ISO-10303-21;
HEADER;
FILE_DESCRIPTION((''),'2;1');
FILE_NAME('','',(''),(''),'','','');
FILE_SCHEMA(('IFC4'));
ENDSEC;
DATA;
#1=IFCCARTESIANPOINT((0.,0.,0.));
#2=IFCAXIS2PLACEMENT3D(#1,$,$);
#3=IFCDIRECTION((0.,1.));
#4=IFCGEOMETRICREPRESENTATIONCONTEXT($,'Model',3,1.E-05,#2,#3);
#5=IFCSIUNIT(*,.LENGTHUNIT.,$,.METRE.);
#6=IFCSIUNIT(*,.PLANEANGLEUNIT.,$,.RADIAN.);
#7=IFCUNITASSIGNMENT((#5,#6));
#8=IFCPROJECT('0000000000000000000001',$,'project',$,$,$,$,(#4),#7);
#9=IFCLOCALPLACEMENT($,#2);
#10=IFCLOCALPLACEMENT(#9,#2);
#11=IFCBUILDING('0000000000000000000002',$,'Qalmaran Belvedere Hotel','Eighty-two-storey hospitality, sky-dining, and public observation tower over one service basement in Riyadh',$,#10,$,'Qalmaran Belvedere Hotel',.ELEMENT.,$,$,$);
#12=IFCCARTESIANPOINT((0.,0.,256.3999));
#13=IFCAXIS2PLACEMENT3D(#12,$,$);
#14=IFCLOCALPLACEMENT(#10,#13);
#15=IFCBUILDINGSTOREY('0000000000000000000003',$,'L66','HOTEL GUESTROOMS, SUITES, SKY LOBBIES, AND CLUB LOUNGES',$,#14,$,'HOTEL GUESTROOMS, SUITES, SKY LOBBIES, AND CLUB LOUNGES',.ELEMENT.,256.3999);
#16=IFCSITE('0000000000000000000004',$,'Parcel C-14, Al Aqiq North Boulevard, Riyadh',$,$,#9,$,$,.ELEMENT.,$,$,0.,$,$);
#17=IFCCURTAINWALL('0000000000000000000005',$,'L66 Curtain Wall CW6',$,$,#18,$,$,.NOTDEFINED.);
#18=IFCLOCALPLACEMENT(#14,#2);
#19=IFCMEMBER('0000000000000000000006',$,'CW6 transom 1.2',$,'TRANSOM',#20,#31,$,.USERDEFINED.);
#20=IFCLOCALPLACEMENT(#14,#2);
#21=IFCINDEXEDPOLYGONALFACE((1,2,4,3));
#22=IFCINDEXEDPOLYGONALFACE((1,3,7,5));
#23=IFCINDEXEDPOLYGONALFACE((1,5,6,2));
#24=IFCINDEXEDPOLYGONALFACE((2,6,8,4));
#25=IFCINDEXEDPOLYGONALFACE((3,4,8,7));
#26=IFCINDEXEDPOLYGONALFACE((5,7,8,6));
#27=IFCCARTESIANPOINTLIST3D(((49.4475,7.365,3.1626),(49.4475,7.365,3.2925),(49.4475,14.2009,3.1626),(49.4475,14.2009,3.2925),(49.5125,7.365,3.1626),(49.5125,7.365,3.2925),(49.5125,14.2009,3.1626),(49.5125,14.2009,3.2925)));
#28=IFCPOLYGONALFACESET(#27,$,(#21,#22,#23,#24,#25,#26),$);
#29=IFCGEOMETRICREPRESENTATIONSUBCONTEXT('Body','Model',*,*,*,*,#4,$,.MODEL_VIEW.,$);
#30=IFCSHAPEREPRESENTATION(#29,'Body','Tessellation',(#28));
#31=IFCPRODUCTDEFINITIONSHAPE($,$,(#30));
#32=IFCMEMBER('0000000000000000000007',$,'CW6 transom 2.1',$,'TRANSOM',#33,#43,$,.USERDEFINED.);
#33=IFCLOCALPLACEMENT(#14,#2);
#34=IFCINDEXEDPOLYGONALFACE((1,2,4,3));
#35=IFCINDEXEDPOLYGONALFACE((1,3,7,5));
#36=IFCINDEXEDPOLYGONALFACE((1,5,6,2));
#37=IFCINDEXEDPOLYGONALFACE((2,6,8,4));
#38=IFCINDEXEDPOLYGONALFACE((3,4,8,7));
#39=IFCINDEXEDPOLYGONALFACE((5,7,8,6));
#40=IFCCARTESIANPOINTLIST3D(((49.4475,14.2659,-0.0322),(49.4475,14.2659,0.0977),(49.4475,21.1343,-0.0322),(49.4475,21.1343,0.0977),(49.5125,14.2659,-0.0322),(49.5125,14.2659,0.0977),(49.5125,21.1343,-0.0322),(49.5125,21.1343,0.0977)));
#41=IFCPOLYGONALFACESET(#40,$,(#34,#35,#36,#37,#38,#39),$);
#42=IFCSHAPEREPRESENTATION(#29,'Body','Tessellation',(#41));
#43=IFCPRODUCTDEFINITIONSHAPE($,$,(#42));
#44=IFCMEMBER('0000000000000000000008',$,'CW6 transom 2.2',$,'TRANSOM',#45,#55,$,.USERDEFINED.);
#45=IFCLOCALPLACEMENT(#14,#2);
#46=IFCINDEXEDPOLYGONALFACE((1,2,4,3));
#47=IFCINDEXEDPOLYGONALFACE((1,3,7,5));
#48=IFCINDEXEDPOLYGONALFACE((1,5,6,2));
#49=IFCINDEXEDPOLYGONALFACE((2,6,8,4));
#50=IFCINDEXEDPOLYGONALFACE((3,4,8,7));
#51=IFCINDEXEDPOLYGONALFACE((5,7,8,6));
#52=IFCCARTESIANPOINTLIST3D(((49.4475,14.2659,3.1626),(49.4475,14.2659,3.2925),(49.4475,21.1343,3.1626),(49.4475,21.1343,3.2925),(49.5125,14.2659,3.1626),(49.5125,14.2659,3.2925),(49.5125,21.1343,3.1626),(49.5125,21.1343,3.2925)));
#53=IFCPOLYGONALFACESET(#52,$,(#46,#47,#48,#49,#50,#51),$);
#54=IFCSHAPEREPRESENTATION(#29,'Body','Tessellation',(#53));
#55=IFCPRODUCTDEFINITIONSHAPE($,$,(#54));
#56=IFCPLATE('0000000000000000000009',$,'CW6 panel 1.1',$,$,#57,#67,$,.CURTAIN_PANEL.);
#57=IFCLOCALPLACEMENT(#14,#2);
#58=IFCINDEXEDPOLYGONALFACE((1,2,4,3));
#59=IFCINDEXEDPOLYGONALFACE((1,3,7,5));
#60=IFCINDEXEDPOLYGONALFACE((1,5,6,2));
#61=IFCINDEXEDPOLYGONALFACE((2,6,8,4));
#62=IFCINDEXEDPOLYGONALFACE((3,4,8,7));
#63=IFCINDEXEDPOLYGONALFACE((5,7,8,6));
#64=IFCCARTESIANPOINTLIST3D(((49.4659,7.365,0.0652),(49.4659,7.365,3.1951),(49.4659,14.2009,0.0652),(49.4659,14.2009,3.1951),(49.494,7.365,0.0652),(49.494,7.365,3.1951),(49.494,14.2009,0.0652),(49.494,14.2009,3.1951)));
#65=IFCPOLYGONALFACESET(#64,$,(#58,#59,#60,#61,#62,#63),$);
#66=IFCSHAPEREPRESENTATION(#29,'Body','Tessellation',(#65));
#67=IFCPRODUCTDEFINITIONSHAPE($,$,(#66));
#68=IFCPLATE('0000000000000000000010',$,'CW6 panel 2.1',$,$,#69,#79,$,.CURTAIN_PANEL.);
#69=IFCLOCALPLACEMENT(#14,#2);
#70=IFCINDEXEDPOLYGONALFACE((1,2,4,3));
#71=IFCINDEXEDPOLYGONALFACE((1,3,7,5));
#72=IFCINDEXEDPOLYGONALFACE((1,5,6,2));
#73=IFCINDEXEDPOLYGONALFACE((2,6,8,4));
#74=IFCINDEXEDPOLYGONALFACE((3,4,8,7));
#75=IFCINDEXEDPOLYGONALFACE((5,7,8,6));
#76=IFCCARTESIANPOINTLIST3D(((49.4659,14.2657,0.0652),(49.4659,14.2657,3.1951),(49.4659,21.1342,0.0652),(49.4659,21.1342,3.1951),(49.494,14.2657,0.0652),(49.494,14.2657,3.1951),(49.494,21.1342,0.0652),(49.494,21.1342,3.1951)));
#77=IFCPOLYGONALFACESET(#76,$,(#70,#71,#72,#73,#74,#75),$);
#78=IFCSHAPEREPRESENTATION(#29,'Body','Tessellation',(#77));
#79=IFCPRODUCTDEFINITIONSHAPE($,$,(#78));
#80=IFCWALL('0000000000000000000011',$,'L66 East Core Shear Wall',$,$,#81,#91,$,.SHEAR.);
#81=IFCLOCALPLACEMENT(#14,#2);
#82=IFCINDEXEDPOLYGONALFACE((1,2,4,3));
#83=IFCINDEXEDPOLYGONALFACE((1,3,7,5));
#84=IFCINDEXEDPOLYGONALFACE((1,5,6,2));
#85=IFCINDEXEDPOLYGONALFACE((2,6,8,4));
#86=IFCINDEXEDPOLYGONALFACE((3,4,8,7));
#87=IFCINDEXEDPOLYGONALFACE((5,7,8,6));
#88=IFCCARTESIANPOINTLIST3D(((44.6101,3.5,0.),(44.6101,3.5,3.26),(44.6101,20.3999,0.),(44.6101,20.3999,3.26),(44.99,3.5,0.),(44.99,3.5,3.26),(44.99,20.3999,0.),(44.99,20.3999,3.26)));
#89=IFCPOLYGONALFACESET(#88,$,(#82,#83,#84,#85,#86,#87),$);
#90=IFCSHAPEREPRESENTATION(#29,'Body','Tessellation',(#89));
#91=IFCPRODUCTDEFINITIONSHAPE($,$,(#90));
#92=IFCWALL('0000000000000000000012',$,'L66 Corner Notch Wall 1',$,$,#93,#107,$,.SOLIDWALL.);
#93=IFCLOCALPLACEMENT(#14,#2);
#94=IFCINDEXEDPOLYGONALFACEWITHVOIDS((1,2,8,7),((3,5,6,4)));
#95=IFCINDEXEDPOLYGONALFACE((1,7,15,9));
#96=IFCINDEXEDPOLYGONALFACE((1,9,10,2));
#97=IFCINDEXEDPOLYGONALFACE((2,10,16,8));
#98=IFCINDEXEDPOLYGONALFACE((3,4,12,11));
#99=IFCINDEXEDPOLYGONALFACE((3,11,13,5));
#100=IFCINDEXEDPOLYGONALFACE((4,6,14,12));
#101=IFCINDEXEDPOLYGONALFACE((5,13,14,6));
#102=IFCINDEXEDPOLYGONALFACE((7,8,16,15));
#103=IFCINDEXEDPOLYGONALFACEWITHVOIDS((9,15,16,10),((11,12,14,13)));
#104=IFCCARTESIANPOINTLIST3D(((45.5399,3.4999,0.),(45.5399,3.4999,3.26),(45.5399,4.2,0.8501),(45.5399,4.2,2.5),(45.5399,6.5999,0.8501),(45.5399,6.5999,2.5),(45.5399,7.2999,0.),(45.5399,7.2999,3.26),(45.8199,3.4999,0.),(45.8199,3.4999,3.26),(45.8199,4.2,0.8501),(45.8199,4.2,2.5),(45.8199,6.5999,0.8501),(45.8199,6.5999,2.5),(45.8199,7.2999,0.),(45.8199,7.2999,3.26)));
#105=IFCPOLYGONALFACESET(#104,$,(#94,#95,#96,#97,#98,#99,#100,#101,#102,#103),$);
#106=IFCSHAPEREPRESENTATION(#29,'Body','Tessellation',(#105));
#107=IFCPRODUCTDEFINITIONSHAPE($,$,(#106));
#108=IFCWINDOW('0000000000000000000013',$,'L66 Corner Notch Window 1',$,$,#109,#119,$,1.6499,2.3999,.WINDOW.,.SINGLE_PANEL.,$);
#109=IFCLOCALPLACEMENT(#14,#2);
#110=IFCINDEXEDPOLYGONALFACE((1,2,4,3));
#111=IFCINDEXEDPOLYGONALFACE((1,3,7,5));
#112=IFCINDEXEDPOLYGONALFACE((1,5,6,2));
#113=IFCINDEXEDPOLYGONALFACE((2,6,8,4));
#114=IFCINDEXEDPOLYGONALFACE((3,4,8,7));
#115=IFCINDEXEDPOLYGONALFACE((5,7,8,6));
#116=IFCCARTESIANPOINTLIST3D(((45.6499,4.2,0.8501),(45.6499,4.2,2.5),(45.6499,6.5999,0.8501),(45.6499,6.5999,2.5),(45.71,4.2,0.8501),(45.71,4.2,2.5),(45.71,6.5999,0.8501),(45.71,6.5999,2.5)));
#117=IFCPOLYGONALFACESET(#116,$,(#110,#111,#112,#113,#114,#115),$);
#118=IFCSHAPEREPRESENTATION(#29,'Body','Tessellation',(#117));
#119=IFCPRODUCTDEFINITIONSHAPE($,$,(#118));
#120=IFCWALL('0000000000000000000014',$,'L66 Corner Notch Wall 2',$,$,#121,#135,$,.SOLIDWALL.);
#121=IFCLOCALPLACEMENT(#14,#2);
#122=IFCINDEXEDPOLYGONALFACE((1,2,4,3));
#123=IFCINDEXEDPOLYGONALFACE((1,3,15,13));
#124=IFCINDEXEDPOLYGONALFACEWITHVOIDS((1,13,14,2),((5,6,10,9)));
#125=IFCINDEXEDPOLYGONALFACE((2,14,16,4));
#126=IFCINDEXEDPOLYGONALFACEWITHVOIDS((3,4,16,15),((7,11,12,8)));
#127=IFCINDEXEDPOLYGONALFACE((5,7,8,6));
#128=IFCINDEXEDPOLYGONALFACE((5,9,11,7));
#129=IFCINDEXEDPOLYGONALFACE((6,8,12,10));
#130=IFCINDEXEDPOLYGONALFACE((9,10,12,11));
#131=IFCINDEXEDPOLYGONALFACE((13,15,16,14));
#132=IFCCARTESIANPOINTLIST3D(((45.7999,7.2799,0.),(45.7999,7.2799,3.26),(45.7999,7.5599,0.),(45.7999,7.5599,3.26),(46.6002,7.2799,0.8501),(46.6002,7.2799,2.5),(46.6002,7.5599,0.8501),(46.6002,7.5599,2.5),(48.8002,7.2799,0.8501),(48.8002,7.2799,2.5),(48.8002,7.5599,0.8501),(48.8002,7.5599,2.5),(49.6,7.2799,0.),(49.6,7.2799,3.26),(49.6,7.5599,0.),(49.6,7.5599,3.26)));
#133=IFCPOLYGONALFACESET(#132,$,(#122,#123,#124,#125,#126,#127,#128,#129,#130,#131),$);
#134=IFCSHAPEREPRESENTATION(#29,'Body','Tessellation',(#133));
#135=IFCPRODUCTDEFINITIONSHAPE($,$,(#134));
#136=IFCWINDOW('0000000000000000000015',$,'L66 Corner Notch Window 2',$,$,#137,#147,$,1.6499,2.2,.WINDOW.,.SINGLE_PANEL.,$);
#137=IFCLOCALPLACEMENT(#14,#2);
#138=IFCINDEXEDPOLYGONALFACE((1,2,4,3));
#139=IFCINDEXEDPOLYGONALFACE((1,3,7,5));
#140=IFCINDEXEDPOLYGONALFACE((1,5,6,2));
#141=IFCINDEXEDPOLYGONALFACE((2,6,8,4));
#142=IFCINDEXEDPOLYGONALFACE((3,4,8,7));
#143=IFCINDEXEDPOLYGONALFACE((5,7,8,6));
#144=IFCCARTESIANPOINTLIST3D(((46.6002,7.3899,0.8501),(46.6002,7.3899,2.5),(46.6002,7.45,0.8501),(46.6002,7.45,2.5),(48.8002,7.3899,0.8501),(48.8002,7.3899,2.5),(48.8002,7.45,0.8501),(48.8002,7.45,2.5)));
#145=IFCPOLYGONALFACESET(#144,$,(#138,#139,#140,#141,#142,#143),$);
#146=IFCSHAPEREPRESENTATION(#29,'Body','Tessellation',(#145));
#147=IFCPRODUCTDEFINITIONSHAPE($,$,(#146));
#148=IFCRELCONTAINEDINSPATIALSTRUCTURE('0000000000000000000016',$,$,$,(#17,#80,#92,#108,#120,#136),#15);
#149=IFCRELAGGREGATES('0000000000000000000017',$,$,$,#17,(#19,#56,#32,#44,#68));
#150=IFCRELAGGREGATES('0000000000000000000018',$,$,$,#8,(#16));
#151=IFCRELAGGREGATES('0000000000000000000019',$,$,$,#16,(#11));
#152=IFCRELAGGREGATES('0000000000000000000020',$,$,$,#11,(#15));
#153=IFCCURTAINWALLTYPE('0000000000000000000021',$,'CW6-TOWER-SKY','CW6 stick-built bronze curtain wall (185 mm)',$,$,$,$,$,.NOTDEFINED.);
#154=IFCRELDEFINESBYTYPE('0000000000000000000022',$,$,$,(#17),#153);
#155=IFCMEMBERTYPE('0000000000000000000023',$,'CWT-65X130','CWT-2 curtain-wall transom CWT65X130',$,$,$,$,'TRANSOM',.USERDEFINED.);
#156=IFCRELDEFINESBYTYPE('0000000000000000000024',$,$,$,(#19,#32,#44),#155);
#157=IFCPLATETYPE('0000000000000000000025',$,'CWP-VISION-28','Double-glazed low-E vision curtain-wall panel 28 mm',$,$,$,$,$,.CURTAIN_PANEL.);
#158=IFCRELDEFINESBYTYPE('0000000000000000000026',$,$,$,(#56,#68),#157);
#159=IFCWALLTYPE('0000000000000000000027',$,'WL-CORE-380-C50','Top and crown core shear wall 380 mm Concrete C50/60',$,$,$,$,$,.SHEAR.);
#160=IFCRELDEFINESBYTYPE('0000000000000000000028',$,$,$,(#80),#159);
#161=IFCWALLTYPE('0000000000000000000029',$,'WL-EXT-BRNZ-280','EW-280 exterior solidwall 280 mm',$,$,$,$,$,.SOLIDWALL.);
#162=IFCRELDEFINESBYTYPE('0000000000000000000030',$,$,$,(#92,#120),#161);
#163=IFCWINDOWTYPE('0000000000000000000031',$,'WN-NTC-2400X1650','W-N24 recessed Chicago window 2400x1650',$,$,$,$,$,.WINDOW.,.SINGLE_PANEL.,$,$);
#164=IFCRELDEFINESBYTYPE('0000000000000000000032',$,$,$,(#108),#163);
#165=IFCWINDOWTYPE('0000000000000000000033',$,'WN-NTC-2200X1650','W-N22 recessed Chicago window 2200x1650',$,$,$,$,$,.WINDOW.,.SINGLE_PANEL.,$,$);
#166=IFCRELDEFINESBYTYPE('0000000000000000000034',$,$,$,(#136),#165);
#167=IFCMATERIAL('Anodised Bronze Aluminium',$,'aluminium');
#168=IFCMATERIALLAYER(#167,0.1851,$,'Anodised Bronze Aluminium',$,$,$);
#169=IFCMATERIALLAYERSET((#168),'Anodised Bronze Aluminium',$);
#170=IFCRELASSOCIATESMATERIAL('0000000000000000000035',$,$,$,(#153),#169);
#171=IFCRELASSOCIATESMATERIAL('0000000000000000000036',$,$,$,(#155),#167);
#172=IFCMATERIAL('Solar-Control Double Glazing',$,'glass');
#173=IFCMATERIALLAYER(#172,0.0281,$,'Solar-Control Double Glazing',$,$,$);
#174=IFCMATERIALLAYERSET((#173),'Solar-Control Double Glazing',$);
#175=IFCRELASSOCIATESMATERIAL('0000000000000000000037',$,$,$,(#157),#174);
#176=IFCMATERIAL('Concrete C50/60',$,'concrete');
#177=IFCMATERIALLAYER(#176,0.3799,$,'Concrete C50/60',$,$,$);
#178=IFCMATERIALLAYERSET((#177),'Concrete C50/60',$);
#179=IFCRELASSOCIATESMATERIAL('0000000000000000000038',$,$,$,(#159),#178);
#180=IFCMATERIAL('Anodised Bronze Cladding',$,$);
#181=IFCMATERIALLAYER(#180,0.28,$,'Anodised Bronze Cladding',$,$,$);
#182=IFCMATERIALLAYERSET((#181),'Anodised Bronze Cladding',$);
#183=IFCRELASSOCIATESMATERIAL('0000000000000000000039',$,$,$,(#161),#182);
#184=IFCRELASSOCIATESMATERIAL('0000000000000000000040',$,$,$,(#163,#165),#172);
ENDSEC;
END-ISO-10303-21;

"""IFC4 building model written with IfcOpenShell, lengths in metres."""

from ifc_helpers import new_model, si_unit, direction, frame, frame_2d, origin, origin_2d, place, context, subcontext, project, spatial, rectangle, extrude, material, layer, layer_set, material_profile, profile_set, type_object, element, fill, aggregate, save


model = new_model("IFC4")

# Units and contexts
model_context = context("Model", 3, precision=1e-05, world=origin(), true_north=direction((0.0, 1.0)))
body_context = subcontext(model_context, "Body", "Model", "MODEL_VIEW")
ifc_project = project(units=[si_unit("LENGTHUNIT", "METRE"), si_unit("PLANEANGLEUNIT", "RADIAN")], contexts=[model_context])

# Site, building, storey
site_placement = place(None, origin())
site = spatial("IfcSite", under=ifc_project, at=site_placement, Name="Parcel C-14, Al Aqiq North Boulevard, Riyadh", CompositionType="ELEMENT", RefElevation=0.0)
building_placement = place(site_placement, origin())
building = spatial("IfcBuilding", under=site, at=building_placement, Name="Qalmaran Belvedere Hotel", Description="Eighty-two-storey hospitality, sky-dining, and public observation tower over one service basement in Riyadh", LongName="Qalmaran Belvedere Hotel", CompositionType="ELEMENT")
storey_placement = place(building_placement, frame((0.0, 0.0, 256.3999)))
storey = spatial("IfcBuildingStorey", under=building, at=storey_placement, Name="L66", Description="HOTEL GUESTROOMS, SUITES, SKY LOBBIES, AND CLUB LOUNGES", LongName="HOTEL GUESTROOMS, SUITES, SKY LOBBIES, AND CLUB LOUNGES", CompositionType="ELEMENT", Elevation=256.3999)

# Shared definitions
ifc_material_1 = material(Name="Concrete C50/60", Category="concrete")

# Curtain wall, members, plates
ifc_material_2 = material(Name="Anodised Bronze Aluminium", Category="aluminium")
ifc_layer_1 = layer(ifc_material_2, 0.1851, Name="Anodised Bronze Aluminium")
ifc_layer_set_1 = layer_set([ifc_layer_1], Name="Anodised Bronze Aluminium")
curtain_wall_type = type_object("IfcCurtainWallType", Name="CW6-TOWER-SKY", Description="CW6 stick-built bronze curtain wall (185 mm)", PredefinedType="NOTDEFINED", material=ifc_layer_set_1)
curtain_wall_placement = place(storey_placement, origin())
curtain_wall = element("IfcCurtainWall", 1, at=curtain_wall_placement, inside=storey, type_object=curtain_wall_type, Name="L66 Curtain Wall CW6", PredefinedType="NOTDEFINED")
ifc_material_profile_1 = material_profile(ifc_material_2, rectangle(XDim=0.0649, YDim=0.1299, at=origin_2d()), Name="CWT65X130")
ifc_profile_set_1 = profile_set([ifc_material_profile_1], Name="Anodised Bronze Aluminium")
member_type_1 = type_object("IfcMemberType", Name="CWT-65X130", Description="CWT-2 curtain-wall transom CWT65X130", ElementType="TRANSOM", PredefinedType="USERDEFINED", material=ifc_profile_set_1)
member_1_placement = place(storey_placement, frame((49.48, 7.365, 3.2275), z_axis=(0.0, 1.0, 0.0), x_axis=(-1.0, 0.0, 0.0)))
member_1 = element("IfcMember", 2, at=member_1_placement, type_object=member_type_1, Name="CW6 transom 1.2", ObjectType="TRANSOM", PredefinedType="USERDEFINED", context=body_context, shape_type="SweptSolid", body=[
    extrude(rectangle(XDim=0.0649, YDim=0.1299, at=origin_2d()), origin(), (0.0, 0.0, 1.0), 6.8359),
])
member_2_placement = place(storey_placement, frame((49.48, 14.2659, 0.0327), z_axis=(0.0, 1.0, 0.0), x_axis=(-1.0, 0.0, 0.0)))
member_2 = element("IfcMember", 3, at=member_2_placement, type_object=member_type_1, Name="CW6 transom 2.1", ObjectType="TRANSOM", PredefinedType="USERDEFINED", context=body_context, shape_type="SweptSolid", body=[
    extrude(rectangle(XDim=0.0649, YDim=0.1299, at=origin_2d()), origin(), (0.0, 0.0, 1.0), 6.8684),
])
member_3_placement = place(storey_placement, frame((49.48, 14.2659, 3.2275), z_axis=(0.0, 1.0, 0.0), x_axis=(-1.0, 0.0, 0.0)))
member_3 = element("IfcMember", 4, at=member_3_placement, type_object=member_type_1, Name="CW6 transom 2.2", ObjectType="TRANSOM", PredefinedType="USERDEFINED", context=body_context, shape_type="SweptSolid", body=[
    extrude(rectangle(XDim=0.0649, YDim=0.1299, at=origin_2d()), origin(), (0.0, 0.0, 1.0), 6.8684),
])
ifc_material_3 = material(Name="Solar-Control Double Glazing", Category="glass")
ifc_layer_2 = layer(ifc_material_3, 0.0281, Name="Solar-Control Double Glazing")
ifc_layer_set_2 = layer_set([ifc_layer_2], Name="Solar-Control Double Glazing")
plate_type = type_object("IfcPlateType", Name="CWP-VISION-28", Description="Double-glazed low-E vision curtain-wall panel 28 mm", PredefinedType="CURTAIN_PANEL", material=ifc_layer_set_2)
plate_1_placement = place(storey_placement, frame((49.48, 10.783, 0.0652), z_axis=(0.0, 0.0, 1.0), x_axis=(0.0, 1.0, 0.0)))
plate_1 = element("IfcPlate", 5, at=plate_1_placement, type_object=plate_type, Name="CW6 panel 1.1", PredefinedType="CURTAIN_PANEL", context=body_context, shape_type="SweptSolid", body=[
    extrude(rectangle(XDim=6.8359, YDim=0.0281, at=origin_2d()), origin(), (0.0, 0.0, 1.0), 3.1299),
])
plate_2_placement = place(storey_placement, frame((49.48, 17.7, 0.0652), z_axis=(0.0, 0.0, 1.0), x_axis=(0.0, 1.0, 0.0)))
plate_2 = element("IfcPlate", 6, at=plate_2_placement, type_object=plate_type, Name="CW6 panel 2.1", PredefinedType="CURTAIN_PANEL", context=body_context, shape_type="SweptSolid", body=[
    extrude(rectangle(XDim=6.8684, YDim=0.0281, at=origin_2d()), origin(), (0.0, 0.0, 1.0), 3.1299),
])
aggregate(curtain_wall, [member_1, plate_1, member_2, member_3, plate_2])

# Wall
ifc_layer_3 = layer(ifc_material_1, 0.3799, Name="Concrete C50/60")
ifc_layer_set_3 = layer_set([ifc_layer_3], Name="Concrete C50/60")
wall_type_1 = type_object("IfcWallType", Name="WL-CORE-380-C50", Description="Top and crown core shear wall 380 mm Concrete C50/60", PredefinedType="SHEAR", material=ifc_layer_set_3)
wall_1_placement = place(storey_placement, frame((44.8, 3.5, 0.0), z_axis=(0.0, 0.0, 1.0), x_axis=(0.0, 1.0, 0.0)))
element("IfcWall", 7, at=wall_1_placement, inside=storey, type_object=wall_type_1, Name="L66 East Core Shear Wall", PredefinedType="SHEAR", context=body_context, shape_type="SweptSolid", body=[
    extrude(rectangle(XDim=16.8999, YDim=0.3799, at=frame_2d((8.45, 0.0))), origin(), (0.0, 0.0, 1.0), 3.26),
])

# Walls, openings, windows
ifc_material_4 = material(Name="Anodised Bronze Cladding")
ifc_layer_4 = layer(ifc_material_4, 0.28, Name="Anodised Bronze Cladding")
ifc_layer_set_4 = layer_set([ifc_layer_4], Name="Anodised Bronze Cladding")
wall_type_2 = type_object("IfcWallType", Name="WL-EXT-BRNZ-280", Description="EW-280 exterior solidwall 280 mm", PredefinedType="SOLIDWALL", material=ifc_layer_set_4)
wall_2_placement = place(storey_placement, frame((45.6799, 3.5, 0.0), z_axis=(0.0, 0.0, 1.0), x_axis=(0.0, 1.0, 0.0)))
wall_2 = element("IfcWall", 8, at=wall_2_placement, inside=storey, type_object=wall_type_2, Name="L66 Corner Notch Wall 1", PredefinedType="SOLIDWALL", context=body_context, shape_type="SweptSolid", body=[
    extrude(rectangle(XDim=3.8, YDim=0.28, at=frame_2d((1.8999, 0.0))), origin(), (0.0, 0.0, 1.0), 3.26),
])
opening_1_placement = place(wall_2_placement, frame((0.7, 0.0, 0.8501)))
opening_1 = element("IfcOpeningElement", 9, at=opening_1_placement, cuts=wall_2, PredefinedType="OPENING", context=body_context, shape_type="SweptSolid", body=[
    extrude(rectangle(XDim=2.3999, YDim=1.6499, at=frame_2d((1.2, 0.825))), frame((0.0, 0.1499, 0.0), z_axis=(0.0, -1.0, 0.0), x_axis=(1.0, 0.0, 0.0)), (0.0, 0.0, 1.0), 0.3),
])
window_type_1 = type_object("IfcWindowType", Name="WN-NTC-2400X1650", Description="W-N24 recessed Chicago window 2400x1650", PartitioningType="SINGLE_PANEL", PredefinedType="WINDOW", material=ifc_material_3)
window_1_placement = place(opening_1_placement, origin())
window_1 = element("IfcWindow", 10, at=window_1_placement, inside=storey, type_object=window_type_1, Name="L66 Corner Notch Window 1", OverallHeight=1.6499, OverallWidth=2.3999, PartitioningType="SINGLE_PANEL", PredefinedType="WINDOW", context=body_context, shape_type="SweptSolid", body=[
    extrude(rectangle(XDim=2.3999, YDim=1.6499, at=frame_2d((1.2, 0.825))), frame((0.0, 0.03, 0.0), z_axis=(0.0, -1.0, 0.0), x_axis=(1.0, 0.0, 0.0)), (0.0, 0.0, 1.0), 0.0601),
])
fill(opening_1, window_1)
wall_3_placement = place(storey_placement, frame((45.8, 7.4199, 0.0), z_axis=(0.0, 0.0, 1.0), x_axis=(1.0, 0.0, 0.0)))
wall_3 = element("IfcWall", 11, at=wall_3_placement, inside=storey, type_object=wall_type_2, Name="L66 Corner Notch Wall 2", PredefinedType="SOLIDWALL", context=body_context, shape_type="SweptSolid", body=[
    extrude(rectangle(XDim=3.8, YDim=0.28, at=frame_2d((1.8999, 0.0))), origin(), (0.0, 0.0, 1.0), 3.26),
])
opening_2_placement = place(wall_3_placement, frame((0.8, 0.0, 0.8501)))
opening_2 = element("IfcOpeningElement", 12, at=opening_2_placement, cuts=wall_3, PredefinedType="OPENING", context=body_context, shape_type="SweptSolid", body=[
    extrude(rectangle(XDim=2.2, YDim=1.6499, at=frame_2d((1.1001, 0.825))), frame((0.0, 0.1499, 0.0), z_axis=(0.0, -1.0, 0.0), x_axis=(1.0, 0.0, 0.0)), (0.0, 0.0, 1.0), 0.3),
])
window_type_2 = type_object("IfcWindowType", Name="WN-NTC-2200X1650", Description="W-N22 recessed Chicago window 2200x1650", PartitioningType="SINGLE_PANEL", PredefinedType="WINDOW", material=ifc_material_3)
window_2_placement = place(opening_2_placement, origin())
window_2 = element("IfcWindow", 13, at=window_2_placement, inside=storey, type_object=window_type_2, Name="L66 Corner Notch Window 2", OverallHeight=1.6499, OverallWidth=2.2, PartitioningType="SINGLE_PANEL", PredefinedType="WINDOW", context=body_context, shape_type="SweptSolid", body=[
    extrude(rectangle(XDim=2.2, YDim=1.6499, at=frame_2d((1.1001, 0.825))), frame((0.0, 0.03, 0.0), z_axis=(0.0, -1.0, 0.0), x_axis=(1.0, 0.0, 0.0)), (0.0, 0.0, 1.0), 0.0601),
])
fill(opening_2, window_2)

save(model, "model.ifc")
